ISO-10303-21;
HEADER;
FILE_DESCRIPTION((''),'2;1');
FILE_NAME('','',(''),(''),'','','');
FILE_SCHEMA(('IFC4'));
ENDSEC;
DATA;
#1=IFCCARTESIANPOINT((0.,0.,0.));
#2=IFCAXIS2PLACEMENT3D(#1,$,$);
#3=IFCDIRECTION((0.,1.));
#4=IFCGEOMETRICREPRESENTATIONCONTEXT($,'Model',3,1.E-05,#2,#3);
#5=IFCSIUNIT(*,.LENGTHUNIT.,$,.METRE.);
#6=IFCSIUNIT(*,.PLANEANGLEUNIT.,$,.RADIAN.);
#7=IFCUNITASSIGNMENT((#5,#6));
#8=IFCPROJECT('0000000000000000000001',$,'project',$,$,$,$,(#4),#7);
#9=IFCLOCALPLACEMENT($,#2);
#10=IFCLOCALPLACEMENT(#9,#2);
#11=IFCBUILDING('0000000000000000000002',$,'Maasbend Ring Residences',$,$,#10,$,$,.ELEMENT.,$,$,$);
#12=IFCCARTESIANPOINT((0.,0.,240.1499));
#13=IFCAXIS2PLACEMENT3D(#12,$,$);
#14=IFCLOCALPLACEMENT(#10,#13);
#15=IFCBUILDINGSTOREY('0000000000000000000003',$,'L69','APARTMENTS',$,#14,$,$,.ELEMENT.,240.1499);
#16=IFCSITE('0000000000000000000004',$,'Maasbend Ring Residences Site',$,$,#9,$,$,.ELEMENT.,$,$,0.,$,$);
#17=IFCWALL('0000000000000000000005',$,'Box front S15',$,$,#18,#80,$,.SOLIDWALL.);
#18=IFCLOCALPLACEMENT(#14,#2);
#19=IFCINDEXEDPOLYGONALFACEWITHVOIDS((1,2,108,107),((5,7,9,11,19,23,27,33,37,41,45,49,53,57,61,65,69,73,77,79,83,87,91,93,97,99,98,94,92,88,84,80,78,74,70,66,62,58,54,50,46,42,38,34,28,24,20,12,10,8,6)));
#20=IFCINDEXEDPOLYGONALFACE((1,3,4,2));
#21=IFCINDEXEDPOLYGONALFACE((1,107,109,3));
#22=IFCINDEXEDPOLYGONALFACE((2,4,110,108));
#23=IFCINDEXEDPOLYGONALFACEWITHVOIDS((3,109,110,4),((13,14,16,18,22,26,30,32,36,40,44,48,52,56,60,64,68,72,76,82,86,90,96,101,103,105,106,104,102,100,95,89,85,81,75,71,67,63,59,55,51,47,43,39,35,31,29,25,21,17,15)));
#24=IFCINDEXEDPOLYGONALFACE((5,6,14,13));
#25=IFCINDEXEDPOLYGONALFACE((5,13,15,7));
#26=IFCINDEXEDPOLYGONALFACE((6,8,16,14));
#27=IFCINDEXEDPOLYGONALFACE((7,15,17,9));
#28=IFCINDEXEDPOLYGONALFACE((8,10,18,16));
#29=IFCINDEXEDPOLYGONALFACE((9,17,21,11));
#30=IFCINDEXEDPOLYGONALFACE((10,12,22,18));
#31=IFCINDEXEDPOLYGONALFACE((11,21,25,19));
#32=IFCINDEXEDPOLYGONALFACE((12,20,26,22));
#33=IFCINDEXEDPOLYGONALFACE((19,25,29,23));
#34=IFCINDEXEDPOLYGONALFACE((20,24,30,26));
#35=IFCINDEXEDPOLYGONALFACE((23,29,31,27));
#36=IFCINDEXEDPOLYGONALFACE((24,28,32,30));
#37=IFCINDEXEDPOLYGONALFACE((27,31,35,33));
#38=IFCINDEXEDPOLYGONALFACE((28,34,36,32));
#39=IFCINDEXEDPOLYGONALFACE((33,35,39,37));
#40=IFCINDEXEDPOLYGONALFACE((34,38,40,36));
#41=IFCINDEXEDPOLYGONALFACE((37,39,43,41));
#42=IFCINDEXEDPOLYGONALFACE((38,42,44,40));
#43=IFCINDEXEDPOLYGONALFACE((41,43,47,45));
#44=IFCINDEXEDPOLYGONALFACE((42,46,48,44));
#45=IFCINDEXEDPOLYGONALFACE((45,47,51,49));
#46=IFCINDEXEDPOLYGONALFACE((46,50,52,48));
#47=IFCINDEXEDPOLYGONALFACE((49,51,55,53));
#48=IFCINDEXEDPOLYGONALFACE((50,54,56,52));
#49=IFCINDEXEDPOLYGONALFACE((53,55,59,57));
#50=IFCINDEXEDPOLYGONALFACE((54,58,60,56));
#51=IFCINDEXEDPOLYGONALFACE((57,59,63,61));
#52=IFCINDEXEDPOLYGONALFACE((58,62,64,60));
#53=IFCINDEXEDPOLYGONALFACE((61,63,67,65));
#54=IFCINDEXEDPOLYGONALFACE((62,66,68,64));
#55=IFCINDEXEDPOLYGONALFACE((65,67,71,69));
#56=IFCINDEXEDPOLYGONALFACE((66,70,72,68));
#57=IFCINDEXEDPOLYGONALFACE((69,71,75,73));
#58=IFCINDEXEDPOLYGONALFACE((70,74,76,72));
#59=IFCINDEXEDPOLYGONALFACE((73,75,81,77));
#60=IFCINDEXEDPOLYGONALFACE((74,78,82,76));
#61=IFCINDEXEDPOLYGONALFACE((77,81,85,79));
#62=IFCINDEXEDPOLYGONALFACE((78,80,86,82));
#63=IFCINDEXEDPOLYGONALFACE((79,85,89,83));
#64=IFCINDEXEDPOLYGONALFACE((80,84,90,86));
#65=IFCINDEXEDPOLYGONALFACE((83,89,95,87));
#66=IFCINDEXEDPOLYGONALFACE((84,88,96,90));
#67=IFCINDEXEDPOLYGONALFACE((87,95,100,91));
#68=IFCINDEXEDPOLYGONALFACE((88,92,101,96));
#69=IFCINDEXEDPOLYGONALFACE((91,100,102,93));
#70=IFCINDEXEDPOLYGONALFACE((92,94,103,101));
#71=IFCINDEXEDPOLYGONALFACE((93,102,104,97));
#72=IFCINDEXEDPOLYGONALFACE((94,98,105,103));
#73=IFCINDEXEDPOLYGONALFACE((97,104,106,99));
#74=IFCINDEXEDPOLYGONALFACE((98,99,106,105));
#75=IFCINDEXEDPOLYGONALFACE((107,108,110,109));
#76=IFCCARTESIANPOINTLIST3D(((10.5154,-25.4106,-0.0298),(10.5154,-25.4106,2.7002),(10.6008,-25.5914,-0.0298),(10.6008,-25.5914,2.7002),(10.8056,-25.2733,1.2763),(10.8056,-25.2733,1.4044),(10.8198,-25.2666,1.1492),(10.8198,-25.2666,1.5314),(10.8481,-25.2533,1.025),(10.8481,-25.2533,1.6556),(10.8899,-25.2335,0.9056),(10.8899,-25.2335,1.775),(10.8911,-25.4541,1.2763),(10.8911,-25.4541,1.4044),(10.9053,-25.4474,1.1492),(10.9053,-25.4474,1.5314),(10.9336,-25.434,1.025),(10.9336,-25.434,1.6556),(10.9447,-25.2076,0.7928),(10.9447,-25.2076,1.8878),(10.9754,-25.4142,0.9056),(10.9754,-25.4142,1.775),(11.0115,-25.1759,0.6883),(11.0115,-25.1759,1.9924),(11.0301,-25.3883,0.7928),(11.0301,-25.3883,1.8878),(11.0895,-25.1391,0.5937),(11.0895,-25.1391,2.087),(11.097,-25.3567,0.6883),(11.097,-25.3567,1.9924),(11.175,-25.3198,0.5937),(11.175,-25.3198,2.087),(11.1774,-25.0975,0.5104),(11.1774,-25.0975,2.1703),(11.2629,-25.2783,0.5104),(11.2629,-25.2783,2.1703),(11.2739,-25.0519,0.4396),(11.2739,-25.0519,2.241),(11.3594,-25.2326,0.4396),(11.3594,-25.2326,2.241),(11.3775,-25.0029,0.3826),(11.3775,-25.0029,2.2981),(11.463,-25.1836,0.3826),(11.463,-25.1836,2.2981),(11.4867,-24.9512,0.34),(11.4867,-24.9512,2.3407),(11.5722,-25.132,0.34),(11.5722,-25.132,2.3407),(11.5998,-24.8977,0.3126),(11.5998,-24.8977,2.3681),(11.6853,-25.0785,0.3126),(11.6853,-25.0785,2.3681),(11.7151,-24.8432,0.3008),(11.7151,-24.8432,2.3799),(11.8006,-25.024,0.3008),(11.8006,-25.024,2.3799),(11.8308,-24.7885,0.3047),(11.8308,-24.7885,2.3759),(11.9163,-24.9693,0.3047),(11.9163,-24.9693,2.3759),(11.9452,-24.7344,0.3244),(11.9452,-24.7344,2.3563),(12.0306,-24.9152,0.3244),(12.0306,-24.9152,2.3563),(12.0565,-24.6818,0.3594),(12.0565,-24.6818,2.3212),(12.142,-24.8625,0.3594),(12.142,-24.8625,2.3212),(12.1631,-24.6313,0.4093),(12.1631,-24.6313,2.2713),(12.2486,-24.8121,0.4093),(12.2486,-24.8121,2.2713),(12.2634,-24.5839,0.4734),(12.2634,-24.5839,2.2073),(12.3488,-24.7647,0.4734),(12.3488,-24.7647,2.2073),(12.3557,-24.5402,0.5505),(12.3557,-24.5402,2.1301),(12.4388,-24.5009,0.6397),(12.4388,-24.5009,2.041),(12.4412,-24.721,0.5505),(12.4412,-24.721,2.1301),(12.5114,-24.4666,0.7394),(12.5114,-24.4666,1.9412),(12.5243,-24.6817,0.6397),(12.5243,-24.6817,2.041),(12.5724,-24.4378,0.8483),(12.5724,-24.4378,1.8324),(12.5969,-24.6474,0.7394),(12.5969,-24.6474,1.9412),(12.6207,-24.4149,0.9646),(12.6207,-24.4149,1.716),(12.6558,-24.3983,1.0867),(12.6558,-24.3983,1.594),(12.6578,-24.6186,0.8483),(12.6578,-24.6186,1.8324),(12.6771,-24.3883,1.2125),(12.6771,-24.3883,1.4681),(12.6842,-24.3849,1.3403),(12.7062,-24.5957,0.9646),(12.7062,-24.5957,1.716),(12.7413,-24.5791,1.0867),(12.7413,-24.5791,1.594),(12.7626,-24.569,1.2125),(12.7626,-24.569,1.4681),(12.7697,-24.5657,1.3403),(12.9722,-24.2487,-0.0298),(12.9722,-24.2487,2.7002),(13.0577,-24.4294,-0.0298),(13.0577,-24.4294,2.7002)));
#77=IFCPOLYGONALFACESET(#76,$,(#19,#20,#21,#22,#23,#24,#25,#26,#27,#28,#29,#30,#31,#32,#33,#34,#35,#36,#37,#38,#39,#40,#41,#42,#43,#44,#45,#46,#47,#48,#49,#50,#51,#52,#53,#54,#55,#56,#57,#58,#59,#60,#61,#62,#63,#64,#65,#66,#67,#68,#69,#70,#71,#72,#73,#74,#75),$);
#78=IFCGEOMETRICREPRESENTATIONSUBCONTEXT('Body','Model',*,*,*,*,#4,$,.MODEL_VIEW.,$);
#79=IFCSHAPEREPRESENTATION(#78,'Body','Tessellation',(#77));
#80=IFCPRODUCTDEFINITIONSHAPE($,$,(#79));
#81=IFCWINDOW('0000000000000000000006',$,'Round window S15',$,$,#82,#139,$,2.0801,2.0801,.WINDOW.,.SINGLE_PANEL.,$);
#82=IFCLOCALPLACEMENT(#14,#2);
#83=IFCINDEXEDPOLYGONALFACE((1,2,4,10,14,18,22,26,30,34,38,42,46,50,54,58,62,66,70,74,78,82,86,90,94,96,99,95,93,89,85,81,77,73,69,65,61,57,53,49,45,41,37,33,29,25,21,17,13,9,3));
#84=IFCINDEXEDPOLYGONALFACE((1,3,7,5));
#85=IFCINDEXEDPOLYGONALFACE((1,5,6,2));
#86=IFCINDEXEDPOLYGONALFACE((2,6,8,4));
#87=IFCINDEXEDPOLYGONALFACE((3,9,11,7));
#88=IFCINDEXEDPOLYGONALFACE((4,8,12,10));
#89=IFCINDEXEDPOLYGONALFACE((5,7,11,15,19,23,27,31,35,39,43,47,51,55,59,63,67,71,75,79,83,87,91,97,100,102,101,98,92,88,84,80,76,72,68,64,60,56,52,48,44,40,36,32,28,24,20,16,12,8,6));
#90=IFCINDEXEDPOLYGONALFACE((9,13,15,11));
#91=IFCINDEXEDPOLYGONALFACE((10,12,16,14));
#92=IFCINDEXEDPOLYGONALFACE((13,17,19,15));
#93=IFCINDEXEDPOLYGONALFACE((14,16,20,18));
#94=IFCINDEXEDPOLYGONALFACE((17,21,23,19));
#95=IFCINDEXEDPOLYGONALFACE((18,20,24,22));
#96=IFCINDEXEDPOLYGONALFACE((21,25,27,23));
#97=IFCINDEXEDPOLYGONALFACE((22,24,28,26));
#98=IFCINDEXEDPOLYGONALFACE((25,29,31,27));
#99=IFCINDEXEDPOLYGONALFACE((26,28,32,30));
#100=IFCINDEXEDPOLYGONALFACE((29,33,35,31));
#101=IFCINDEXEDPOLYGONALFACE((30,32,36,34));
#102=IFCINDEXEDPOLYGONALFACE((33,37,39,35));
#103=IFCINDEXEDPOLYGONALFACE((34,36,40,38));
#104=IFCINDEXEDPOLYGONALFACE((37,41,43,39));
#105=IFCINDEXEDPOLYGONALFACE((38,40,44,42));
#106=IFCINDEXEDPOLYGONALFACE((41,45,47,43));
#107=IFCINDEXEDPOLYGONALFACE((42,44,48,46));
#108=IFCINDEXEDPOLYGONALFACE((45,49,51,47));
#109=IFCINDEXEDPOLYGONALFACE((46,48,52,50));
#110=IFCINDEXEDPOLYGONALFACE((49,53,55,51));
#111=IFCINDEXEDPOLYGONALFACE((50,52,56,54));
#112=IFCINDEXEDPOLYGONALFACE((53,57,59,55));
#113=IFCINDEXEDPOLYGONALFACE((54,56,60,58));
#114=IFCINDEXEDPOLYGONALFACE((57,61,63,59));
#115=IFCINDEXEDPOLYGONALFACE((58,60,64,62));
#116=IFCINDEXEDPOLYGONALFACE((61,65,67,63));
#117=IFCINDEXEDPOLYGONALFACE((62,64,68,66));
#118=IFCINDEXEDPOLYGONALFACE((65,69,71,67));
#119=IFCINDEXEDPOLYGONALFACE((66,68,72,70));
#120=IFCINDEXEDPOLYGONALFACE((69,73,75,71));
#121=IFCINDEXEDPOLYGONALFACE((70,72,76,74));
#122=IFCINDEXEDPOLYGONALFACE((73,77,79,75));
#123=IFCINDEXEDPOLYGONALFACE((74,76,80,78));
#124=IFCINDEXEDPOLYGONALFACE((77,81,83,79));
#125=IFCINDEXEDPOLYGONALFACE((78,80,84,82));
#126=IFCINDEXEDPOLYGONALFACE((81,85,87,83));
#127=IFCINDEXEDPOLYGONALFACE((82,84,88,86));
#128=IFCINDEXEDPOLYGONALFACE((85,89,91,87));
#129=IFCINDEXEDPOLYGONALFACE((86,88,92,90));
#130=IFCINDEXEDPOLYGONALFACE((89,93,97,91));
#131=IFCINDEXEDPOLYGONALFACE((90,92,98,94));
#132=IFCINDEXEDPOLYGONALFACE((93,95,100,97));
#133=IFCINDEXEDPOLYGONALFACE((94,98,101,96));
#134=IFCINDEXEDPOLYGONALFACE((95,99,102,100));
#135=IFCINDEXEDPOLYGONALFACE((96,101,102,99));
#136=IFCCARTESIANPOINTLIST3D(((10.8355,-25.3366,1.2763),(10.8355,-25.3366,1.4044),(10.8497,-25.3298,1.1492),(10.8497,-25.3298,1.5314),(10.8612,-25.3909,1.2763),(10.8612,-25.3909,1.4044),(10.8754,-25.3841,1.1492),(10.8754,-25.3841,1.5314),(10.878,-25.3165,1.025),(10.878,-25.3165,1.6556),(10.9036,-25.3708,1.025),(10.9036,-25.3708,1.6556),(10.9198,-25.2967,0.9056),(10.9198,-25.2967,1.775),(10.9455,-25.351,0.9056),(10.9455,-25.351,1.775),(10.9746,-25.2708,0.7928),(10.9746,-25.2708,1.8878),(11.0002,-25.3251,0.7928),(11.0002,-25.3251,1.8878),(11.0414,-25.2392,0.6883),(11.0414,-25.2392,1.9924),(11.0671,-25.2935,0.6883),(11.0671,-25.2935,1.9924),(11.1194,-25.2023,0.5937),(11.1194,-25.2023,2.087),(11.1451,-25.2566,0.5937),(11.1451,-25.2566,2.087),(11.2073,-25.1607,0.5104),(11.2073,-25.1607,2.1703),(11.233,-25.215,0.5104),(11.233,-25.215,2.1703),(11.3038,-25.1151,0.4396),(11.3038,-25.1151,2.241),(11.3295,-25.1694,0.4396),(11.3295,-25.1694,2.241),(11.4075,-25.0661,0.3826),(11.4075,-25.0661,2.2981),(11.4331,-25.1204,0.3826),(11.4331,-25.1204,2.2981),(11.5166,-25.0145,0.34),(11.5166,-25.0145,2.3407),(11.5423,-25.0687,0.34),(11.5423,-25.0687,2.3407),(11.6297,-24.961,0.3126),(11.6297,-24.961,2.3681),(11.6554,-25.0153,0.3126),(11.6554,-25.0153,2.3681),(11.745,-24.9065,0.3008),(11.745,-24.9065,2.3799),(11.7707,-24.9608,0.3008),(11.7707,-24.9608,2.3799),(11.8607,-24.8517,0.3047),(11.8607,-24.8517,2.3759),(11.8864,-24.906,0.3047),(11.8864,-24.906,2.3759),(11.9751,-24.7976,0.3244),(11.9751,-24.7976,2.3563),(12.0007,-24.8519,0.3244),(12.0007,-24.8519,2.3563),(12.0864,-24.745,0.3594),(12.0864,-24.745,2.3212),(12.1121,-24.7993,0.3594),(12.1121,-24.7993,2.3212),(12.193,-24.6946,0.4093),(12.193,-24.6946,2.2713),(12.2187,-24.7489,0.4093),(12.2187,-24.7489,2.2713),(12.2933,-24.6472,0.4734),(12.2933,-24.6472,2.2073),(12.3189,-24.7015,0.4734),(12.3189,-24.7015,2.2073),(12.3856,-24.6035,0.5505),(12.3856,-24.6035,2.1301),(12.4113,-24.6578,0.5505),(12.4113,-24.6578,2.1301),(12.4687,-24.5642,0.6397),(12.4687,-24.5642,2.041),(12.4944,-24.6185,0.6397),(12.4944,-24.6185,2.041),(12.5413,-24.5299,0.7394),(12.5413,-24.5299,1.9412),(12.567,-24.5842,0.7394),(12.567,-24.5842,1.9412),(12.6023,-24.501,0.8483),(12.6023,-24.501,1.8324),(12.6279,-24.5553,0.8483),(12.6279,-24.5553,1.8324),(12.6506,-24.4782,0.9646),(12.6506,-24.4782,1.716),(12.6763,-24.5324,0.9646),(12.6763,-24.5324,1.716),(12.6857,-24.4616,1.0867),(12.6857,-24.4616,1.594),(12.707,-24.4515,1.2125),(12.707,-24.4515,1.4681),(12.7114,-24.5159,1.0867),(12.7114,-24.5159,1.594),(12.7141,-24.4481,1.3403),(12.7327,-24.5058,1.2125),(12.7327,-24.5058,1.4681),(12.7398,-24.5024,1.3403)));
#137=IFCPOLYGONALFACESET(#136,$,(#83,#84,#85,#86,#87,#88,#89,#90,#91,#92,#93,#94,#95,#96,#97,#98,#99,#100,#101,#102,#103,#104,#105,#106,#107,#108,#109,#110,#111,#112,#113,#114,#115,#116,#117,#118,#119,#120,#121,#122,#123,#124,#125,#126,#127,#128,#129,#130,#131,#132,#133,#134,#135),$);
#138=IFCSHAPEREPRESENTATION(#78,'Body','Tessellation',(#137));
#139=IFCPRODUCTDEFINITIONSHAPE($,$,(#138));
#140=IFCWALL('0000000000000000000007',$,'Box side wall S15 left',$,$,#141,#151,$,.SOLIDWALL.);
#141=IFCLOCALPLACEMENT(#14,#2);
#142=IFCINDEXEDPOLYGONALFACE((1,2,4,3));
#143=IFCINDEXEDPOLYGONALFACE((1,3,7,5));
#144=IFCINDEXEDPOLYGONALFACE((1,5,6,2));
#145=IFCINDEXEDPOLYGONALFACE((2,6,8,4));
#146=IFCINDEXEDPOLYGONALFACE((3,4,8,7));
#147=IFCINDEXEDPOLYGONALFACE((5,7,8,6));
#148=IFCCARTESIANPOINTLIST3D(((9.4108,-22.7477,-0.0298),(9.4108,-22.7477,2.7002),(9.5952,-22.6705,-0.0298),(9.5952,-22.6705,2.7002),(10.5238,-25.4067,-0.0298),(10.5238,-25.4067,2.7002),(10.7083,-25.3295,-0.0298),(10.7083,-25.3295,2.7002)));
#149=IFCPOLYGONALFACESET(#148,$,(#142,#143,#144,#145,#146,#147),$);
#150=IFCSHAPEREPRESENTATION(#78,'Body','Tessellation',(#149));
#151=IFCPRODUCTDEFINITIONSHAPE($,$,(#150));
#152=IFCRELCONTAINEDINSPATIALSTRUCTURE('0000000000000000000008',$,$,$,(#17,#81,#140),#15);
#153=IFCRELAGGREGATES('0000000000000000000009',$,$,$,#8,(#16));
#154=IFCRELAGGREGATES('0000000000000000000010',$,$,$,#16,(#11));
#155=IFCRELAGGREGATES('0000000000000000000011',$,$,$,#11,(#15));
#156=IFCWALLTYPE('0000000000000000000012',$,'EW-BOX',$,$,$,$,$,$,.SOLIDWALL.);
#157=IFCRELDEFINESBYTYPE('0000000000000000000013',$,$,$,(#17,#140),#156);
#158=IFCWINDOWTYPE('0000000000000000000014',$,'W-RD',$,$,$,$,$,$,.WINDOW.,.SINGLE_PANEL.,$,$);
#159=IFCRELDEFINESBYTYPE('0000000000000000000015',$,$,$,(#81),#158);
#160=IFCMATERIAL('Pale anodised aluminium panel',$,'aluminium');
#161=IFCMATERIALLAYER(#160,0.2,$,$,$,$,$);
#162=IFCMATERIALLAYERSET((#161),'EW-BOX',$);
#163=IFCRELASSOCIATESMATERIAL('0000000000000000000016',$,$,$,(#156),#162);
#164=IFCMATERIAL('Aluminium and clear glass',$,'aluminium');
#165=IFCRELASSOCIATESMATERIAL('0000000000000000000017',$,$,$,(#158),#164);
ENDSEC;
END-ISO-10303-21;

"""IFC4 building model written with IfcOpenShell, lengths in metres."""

from ifc_helpers import new_model, si_unit, direction, frame, frame_2d, origin, place, context, subcontext, project, spatial, rectangle, circle, extrude, material, layer, layer_set, type_object, element, fill, save


model = new_model("IFC4")

# Units and contexts
model_context = context("Model", 3, precision=1e-05, world=origin(), true_north=direction((0.0, 1.0)))
body_context = subcontext(model_context, "Body", "Model", "MODEL_VIEW")
ifc_project = project(units=[si_unit("LENGTHUNIT", "METRE"), si_unit("PLANEANGLEUNIT", "RADIAN")], contexts=[model_context])

# Site, building, storey
site_placement = place(None, origin())
site = spatial("IfcSite", under=ifc_project, at=site_placement, Name="Maasbend Ring Residences Site", CompositionType="ELEMENT", RefElevation=0.0)
building_placement = place(site_placement, origin())
building = spatial("IfcBuilding", under=site, at=building_placement, Name="Maasbend Ring Residences", CompositionType="ELEMENT")
storey_placement = place(building_placement, frame((0.0, 0.0, 240.1499)))
storey = spatial("IfcBuildingStorey", under=building, at=storey_placement, Name="L69", Description="APARTMENTS", CompositionType="ELEMENT", Elevation=240.1499)

# Shared definitions
ifc_material_1 = material(Name="Pale anodised aluminium panel", Category="aluminium")
ifc_layer_1 = layer(ifc_material_1, 0.2)
ifc_layer_set_1 = layer_set([ifc_layer_1], Name="EW-BOX")
wall_type_1 = type_object("IfcWallType", Name="EW-BOX", PredefinedType="SOLIDWALL", material=ifc_layer_set_1)

# Shared definitions
ifc_material_2 = material(Name="Aluminium and clear glass", Category="aluminium")
window_type_1 = type_object("IfcWindowType", Name="W-RD", PartitioningType="SINGLE_PANEL", PredefinedType="WINDOW", material=ifc_material_2)

# Wall, opening, window
wall_1_placement = place(storey_placement, frame((10.5581, -25.501, -0.0298), z_axis=(0.0, 0.0, 1.0), x_axis=(0.904005, 0.427522, 0.0)))
wall_1 = element("IfcWall", 1, at=wall_1_placement, inside=storey, type_object=wall_type_1, Name="Box front S15", PredefinedType="SOLIDWALL", context=body_context, shape_type="SweptSolid", body=[
    extrude(rectangle(XDim=2.7178, YDim=0.2, at=frame_2d((1.3589, 0.0))), origin(), (0.0, 0.0, 1.0), 2.73),
])
opening_1_placement = place(wall_1_placement, frame((0.3191, 0.0, 0.3301)))
opening_1 = element("IfcOpeningElement", 2, at=opening_1_placement, cuts=wall_1, PredefinedType="OPENING", context=body_context, shape_type="SweptSolid", body=[
    extrude(circle(Radius=1.04, at=frame_2d((1.04, 1.04))), frame((0.0, 0.1099, 0.0), z_axis=(0.0, -1.0, 0.0), x_axis=(1.0, 0.0, 0.0)), (0.0, 0.0, 1.0), 0.22),
])
window_1_placement = place(opening_1_placement, origin())
window_1 = element("IfcWindow", 3, at=window_1_placement, inside=storey, type_object=window_type_1, Name="Round window S15", OverallHeight=2.0801, OverallWidth=2.0801, PartitioningType="SINGLE_PANEL", PredefinedType="WINDOW", context=body_context, shape_type="SweptSolid", body=[
    extrude(circle(Radius=1.04, at=frame_2d((1.04, 1.04))), frame((0.0, 0.03, 0.0), z_axis=(0.0, -1.0, 0.0), x_axis=(1.0, 0.0, 0.0)), (0.0, 0.0, 1.0), 0.0601),
])
fill(opening_1, window_1)

# Wall
wall_2_placement = place(storey_placement, frame((9.5029, -22.709, -0.0298), z_axis=(0.0, 0.0, 1.0), x_axis=(0.386136, -0.922442, 0.0)))
element("IfcWall", 4, at=wall_2_placement, inside=storey, type_object=wall_type_1, Name="Box side wall S15 left", PredefinedType="SOLIDWALL", context=body_context, shape_type="SweptSolid", body=[
    extrude(rectangle(XDim=2.8826, YDim=0.2, at=frame_2d((1.4414, 0.0))), origin(), (0.0, 0.0, 1.0), 2.73),
])

save(model, "model.ifc")
